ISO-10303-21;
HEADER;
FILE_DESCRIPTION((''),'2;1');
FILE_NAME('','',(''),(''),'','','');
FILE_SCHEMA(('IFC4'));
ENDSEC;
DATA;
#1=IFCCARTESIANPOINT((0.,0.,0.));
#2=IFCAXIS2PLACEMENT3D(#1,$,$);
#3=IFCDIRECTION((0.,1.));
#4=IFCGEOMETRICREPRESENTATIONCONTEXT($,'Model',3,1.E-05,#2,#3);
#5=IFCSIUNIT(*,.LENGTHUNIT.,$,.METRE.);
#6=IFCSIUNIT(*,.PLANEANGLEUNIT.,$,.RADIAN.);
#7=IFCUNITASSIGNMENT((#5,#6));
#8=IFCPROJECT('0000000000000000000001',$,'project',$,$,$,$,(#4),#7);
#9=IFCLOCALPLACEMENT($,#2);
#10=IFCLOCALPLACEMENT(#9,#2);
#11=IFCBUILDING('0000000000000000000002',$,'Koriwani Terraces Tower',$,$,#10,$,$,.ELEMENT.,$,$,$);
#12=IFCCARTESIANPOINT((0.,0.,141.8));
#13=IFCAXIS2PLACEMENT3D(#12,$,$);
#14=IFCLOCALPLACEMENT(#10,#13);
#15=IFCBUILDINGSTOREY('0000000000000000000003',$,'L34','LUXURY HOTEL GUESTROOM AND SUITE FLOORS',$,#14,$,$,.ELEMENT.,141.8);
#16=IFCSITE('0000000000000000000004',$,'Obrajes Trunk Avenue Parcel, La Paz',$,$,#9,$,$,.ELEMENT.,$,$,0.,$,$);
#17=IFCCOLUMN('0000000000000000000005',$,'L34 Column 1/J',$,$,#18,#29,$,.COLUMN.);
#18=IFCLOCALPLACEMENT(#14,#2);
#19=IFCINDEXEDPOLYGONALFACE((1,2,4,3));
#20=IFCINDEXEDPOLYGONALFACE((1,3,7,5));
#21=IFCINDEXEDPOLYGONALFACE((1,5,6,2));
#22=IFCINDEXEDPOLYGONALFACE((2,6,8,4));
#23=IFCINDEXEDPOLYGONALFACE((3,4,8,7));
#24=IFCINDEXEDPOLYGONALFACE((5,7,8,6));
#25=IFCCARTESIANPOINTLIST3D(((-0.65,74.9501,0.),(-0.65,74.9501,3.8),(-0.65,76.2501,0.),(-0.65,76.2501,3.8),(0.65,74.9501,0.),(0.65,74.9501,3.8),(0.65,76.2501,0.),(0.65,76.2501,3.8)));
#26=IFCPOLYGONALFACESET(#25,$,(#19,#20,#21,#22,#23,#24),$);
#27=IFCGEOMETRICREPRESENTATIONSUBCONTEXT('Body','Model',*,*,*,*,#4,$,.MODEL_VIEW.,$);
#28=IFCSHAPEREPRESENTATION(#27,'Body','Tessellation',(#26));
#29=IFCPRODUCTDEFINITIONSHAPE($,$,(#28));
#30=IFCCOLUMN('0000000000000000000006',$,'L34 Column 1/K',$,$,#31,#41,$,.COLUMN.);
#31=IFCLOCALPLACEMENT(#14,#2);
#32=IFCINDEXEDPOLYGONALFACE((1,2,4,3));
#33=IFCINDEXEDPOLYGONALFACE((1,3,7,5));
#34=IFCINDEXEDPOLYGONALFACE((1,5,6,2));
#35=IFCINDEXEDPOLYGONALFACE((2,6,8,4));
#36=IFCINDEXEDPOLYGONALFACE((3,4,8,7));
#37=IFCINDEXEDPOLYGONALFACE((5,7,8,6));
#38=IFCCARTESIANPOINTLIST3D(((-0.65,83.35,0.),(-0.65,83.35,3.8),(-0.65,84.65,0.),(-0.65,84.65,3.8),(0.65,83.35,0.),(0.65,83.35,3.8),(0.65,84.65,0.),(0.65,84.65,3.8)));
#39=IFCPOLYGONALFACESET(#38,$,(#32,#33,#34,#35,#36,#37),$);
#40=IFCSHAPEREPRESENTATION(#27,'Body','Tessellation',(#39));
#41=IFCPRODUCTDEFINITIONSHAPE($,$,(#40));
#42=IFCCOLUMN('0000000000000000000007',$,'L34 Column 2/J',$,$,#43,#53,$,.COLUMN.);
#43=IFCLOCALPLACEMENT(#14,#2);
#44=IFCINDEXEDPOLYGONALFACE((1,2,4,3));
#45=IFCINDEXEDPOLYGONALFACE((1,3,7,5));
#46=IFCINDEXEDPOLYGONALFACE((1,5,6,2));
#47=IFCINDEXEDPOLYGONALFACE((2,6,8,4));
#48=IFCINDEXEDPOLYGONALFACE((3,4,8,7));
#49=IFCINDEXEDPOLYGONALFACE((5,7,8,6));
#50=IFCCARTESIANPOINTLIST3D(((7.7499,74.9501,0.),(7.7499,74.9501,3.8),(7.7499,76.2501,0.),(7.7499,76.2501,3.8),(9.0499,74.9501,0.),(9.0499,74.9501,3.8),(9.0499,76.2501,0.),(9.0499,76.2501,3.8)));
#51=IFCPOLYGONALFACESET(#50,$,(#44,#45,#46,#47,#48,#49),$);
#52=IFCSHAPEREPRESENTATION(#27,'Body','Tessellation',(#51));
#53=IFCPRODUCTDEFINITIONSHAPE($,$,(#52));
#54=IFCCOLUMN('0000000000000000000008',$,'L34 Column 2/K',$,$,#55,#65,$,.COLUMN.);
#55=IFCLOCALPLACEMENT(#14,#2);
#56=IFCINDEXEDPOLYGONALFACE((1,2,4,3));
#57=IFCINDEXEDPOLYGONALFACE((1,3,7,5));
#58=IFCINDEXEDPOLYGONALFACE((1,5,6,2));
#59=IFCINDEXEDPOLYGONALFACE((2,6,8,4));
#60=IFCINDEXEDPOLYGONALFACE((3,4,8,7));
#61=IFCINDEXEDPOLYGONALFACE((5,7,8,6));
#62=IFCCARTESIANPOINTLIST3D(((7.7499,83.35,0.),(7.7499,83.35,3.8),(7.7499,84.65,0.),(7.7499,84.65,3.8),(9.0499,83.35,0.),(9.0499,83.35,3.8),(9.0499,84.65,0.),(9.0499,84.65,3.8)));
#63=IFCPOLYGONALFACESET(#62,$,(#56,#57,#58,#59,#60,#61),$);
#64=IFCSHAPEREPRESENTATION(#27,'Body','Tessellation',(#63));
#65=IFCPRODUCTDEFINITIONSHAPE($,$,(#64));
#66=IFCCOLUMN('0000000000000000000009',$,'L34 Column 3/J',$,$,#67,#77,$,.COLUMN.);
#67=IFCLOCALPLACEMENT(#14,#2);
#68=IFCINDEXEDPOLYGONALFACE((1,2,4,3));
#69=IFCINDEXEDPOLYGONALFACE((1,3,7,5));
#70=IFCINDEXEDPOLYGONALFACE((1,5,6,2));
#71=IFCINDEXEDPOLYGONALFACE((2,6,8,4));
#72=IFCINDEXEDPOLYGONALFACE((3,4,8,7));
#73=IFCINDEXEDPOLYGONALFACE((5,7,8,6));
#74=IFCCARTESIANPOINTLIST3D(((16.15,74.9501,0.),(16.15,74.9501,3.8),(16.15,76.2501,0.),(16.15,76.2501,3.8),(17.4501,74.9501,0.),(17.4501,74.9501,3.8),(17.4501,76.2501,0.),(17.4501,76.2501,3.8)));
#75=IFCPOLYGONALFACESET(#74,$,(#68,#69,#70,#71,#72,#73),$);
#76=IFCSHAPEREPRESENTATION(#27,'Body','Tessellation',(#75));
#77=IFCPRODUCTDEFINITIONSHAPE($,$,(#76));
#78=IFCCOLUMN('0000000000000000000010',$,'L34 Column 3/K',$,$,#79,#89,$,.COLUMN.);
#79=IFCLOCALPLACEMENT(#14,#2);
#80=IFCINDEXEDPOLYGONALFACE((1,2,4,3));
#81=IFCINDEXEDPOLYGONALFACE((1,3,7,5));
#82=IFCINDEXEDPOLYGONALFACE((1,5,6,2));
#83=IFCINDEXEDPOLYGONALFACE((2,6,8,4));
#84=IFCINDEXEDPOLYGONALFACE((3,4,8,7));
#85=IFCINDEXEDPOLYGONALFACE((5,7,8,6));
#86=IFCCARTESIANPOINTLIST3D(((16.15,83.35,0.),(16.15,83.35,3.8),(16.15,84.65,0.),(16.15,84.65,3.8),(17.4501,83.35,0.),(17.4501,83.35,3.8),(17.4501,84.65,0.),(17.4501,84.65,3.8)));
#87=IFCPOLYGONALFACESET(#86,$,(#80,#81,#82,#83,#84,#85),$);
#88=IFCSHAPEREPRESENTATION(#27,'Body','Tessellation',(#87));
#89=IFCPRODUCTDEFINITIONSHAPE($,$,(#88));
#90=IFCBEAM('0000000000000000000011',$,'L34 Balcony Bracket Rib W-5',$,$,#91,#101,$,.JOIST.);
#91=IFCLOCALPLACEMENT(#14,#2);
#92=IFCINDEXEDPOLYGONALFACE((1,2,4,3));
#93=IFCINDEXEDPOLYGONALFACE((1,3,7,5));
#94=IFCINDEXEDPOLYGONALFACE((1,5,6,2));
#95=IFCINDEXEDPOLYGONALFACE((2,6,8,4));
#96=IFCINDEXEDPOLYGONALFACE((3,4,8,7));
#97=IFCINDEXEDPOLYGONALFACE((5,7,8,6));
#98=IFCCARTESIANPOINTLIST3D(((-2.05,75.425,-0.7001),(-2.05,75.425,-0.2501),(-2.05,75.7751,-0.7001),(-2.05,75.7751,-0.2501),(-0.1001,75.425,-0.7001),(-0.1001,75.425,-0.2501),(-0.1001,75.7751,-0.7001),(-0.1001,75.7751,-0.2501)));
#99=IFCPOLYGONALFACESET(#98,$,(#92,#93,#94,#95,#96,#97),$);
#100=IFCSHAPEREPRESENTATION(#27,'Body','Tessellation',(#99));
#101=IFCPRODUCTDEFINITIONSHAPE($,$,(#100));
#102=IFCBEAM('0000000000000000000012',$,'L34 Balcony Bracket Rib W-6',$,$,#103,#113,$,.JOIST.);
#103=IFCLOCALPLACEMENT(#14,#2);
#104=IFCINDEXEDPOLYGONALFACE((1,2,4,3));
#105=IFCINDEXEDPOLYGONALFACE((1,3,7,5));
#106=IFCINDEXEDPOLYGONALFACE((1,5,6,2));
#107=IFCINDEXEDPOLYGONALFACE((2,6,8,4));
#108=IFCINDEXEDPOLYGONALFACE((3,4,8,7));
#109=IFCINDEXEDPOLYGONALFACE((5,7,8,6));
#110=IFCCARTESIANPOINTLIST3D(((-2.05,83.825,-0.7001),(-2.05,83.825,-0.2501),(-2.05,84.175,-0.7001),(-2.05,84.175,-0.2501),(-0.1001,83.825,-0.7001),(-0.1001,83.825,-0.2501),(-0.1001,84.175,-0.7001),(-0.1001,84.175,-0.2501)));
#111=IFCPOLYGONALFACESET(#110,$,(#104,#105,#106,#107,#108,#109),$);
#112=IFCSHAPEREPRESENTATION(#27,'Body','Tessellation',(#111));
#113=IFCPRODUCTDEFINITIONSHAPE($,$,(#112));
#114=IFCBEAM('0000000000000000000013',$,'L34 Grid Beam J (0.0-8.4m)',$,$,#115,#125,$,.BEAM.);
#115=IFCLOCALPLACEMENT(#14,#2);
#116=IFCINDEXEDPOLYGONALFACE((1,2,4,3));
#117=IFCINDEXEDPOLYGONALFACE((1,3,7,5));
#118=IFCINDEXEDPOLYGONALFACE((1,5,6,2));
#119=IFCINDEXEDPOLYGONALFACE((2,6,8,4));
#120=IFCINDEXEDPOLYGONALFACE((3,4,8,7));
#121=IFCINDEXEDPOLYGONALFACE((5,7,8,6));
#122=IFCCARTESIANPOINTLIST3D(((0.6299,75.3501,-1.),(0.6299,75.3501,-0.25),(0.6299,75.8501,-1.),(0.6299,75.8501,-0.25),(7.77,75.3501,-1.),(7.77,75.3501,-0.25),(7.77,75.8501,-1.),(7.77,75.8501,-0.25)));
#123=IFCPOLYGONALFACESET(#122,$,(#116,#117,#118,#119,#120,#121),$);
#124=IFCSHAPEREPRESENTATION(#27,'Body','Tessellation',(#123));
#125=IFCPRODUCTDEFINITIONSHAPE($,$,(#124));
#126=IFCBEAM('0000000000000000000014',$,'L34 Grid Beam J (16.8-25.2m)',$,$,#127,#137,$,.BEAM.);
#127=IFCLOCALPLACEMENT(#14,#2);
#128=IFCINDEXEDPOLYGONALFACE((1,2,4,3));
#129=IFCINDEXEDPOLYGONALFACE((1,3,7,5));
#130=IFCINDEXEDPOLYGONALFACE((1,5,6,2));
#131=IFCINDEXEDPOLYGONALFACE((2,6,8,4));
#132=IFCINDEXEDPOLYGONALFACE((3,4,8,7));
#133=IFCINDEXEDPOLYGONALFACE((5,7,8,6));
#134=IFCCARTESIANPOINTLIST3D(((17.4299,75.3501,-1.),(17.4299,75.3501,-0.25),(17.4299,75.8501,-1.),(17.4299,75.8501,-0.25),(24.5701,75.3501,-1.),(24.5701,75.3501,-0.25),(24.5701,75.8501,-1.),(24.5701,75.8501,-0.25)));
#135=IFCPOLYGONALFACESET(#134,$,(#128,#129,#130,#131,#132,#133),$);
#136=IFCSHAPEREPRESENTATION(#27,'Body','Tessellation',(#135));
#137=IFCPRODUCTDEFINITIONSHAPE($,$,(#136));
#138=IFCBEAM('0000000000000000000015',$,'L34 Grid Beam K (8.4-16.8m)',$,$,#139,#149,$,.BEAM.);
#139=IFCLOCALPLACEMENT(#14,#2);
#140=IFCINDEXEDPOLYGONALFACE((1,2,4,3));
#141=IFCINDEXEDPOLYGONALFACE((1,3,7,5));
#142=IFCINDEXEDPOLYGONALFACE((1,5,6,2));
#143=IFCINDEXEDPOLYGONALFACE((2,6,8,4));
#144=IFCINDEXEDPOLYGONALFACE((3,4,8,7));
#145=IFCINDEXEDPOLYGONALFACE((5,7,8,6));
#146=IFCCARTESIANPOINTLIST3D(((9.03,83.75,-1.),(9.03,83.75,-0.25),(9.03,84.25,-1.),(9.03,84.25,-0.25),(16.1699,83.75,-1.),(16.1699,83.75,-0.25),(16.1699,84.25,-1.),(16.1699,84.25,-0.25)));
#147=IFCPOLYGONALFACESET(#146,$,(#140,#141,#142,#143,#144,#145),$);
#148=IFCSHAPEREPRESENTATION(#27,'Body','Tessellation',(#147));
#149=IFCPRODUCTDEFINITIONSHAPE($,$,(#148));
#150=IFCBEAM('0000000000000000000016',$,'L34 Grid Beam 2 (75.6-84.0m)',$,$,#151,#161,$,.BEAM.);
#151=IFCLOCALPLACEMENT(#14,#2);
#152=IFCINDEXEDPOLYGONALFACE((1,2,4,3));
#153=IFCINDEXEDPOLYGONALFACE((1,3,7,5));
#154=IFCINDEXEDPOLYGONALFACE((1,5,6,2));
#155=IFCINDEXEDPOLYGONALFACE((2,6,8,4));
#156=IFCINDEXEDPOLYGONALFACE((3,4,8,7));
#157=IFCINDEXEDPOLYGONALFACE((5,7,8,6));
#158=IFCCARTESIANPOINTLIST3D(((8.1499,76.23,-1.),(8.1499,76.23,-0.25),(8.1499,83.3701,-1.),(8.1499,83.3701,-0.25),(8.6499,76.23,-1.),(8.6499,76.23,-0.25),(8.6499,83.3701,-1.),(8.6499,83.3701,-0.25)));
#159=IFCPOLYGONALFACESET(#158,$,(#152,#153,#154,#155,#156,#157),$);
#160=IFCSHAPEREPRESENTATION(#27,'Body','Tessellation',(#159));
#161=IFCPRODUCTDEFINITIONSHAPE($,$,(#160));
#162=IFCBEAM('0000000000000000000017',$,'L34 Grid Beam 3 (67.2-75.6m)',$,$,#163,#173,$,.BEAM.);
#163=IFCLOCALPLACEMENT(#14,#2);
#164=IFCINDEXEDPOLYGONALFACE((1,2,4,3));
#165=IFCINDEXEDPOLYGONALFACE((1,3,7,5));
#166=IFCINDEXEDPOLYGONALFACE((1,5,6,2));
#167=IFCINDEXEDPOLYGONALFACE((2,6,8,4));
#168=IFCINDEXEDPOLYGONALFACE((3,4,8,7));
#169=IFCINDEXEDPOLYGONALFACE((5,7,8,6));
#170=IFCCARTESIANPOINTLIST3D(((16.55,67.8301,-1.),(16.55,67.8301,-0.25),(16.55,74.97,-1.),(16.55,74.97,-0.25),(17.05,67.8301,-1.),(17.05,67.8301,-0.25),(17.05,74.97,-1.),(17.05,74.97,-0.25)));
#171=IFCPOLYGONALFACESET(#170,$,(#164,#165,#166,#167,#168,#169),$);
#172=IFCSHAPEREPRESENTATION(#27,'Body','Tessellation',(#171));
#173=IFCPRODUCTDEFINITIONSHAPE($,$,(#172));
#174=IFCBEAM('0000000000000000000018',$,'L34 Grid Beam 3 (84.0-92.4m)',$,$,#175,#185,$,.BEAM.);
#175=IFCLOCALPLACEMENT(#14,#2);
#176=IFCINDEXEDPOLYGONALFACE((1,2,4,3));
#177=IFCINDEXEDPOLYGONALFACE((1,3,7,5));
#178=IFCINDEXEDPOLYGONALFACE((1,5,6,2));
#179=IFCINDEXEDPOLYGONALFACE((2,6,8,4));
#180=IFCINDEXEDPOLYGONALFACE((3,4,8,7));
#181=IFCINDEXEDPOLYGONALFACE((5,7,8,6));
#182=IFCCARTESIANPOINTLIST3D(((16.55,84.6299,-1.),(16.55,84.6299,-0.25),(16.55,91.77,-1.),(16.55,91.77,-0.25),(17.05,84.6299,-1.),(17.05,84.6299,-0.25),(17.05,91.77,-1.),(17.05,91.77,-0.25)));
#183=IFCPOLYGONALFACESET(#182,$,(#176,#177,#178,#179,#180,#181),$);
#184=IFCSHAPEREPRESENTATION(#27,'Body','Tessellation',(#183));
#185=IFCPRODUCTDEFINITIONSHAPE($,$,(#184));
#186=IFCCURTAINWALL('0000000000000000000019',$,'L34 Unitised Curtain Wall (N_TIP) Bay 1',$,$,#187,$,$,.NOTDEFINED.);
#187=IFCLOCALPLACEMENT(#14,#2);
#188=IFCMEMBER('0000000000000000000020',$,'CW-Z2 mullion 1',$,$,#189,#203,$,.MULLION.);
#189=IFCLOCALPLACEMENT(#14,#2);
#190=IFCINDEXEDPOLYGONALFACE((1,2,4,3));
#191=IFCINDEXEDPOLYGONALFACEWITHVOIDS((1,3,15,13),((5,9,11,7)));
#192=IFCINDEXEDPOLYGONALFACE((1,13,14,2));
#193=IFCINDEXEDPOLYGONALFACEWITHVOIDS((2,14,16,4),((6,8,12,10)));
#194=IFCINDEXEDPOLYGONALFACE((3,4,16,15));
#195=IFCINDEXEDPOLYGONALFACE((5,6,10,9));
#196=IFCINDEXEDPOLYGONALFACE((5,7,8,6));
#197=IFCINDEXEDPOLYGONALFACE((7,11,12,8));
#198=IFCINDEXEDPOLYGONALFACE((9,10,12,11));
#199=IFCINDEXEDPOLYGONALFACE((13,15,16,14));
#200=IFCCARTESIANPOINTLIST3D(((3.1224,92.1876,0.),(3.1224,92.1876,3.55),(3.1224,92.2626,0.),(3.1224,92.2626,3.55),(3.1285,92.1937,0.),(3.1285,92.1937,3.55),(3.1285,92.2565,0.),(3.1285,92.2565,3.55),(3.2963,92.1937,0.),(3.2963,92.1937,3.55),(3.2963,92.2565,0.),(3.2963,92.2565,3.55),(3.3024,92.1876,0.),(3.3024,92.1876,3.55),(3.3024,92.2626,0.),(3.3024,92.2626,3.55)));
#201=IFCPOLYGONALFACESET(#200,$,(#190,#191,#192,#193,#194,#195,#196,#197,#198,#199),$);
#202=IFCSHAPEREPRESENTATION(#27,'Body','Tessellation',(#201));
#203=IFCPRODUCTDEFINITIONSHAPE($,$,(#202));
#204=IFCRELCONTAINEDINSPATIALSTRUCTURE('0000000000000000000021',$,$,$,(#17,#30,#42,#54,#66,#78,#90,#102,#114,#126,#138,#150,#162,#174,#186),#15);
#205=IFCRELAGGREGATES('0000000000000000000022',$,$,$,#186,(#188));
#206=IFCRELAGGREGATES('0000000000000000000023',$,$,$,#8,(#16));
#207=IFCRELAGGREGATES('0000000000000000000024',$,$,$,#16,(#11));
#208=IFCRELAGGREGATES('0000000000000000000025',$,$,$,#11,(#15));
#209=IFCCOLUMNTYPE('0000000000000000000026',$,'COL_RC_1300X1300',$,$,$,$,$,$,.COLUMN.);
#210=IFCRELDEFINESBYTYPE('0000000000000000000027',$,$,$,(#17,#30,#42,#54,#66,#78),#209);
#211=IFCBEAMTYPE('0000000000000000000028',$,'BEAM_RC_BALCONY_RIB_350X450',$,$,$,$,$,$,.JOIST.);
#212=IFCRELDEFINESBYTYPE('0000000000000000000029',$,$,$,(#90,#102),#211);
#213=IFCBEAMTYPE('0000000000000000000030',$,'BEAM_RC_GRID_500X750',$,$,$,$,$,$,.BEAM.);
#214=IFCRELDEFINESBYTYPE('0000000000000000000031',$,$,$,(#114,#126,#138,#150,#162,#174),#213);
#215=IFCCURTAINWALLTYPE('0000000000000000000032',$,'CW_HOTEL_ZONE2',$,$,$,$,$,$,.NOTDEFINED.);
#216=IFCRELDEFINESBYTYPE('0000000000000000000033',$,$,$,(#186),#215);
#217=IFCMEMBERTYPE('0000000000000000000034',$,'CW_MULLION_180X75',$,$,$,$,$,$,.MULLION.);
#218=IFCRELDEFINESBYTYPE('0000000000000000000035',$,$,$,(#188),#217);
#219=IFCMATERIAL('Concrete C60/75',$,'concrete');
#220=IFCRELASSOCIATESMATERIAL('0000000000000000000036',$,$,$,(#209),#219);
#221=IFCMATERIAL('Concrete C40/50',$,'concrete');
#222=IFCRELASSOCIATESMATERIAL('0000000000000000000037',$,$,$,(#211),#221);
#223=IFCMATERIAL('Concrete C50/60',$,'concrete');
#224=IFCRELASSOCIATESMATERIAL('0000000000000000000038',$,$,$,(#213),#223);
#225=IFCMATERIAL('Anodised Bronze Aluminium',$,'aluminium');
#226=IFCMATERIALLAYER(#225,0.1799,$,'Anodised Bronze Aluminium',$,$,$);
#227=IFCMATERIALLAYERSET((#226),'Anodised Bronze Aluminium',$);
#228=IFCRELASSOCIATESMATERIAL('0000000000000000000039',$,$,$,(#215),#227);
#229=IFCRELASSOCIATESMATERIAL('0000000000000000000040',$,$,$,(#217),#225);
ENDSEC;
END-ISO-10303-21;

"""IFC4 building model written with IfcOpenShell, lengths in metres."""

from ifc_helpers import new_model, si_unit, direction, frame, origin, origin_2d, place, context, subcontext, project, spatial, rectangle, hollow_rectangle, extrude, material, layer, layer_set, material_profile, profile_set, type_object, element, aggregate, save


model = new_model("IFC4")

# Units and contexts
model_context = context("Model", 3, precision=1e-05, world=origin(), true_north=direction((0.0, 1.0)))
body_context = subcontext(model_context, "Body", "Model", "MODEL_VIEW")
ifc_project = project(units=[si_unit("LENGTHUNIT", "METRE"), si_unit("PLANEANGLEUNIT", "RADIAN")], contexts=[model_context])

# Site, building, storey
site_placement = place(None, origin())
site = spatial("IfcSite", under=ifc_project, at=site_placement, Name="Obrajes Trunk Avenue Parcel, La Paz", CompositionType="ELEMENT", RefElevation=0.0)
building_placement = place(site_placement, origin())
building = spatial("IfcBuilding", under=site, at=building_placement, Name="Koriwani Terraces Tower", CompositionType="ELEMENT")
storey_placement = place(building_placement, frame((0.0, 0.0, 141.8)))
storey = spatial("IfcBuildingStorey", under=building, at=storey_placement, Name="L34", Description="LUXURY HOTEL GUESTROOM AND SUITE FLOORS", CompositionType="ELEMENT", Elevation=141.8)

# Columns
ifc_material_1 = material(Name="Concrete C60/75", Category="concrete")
ifc_material_profile_1 = material_profile(ifc_material_1, rectangle(XDim=1.3, YDim=1.3, at=origin_2d()), Name="Concrete C60/75", Category="LoadBearing")
ifc_profile_set_1 = profile_set([ifc_material_profile_1], Name="Concrete C60/75")
column_type = type_object("IfcColumnType", Name="COL_RC_1300X1300", PredefinedType="COLUMN", material=ifc_profile_set_1)
for number, where, z_axis, x_axis, name in (
    (1, (0.0, 75.6001, 0.0), (0.0, 0.0, 1.0), (1.0, 0.0, 0.0), "L34 Column 1/J"),
    (2, (0.0, 84.0, 0.0), (0.0, 0.0, 1.0), (1.0, 0.0, 0.0), "L34 Column 1/K"),
    (3, (8.3999, 75.6001, 0.0), (0.0, 0.0, 1.0), (1.0, 0.0, 0.0), "L34 Column 2/J"),
    (4, (8.3999, 84.0, 0.0), (0.0, 0.0, 1.0), (1.0, 0.0, 0.0), "L34 Column 2/K"),
    (5, (16.8, 75.6001, 0.0), (0.0, 0.0, 1.0), (1.0, 0.0, 0.0), "L34 Column 3/J"),
    (6, (16.8, 84.0, 0.0), (0.0, 0.0, 1.0), (1.0, 0.0, 0.0), "L34 Column 3/K"),
):
    element("IfcColumn", number, at=place(storey_placement, frame(where, z_axis=z_axis, x_axis=x_axis)), inside=storey, type_object=column_type, Name=name, PredefinedType="COLUMN", context=body_context, shape_type="SweptSolid", body=[
        extrude(rectangle(XDim=1.3, YDim=1.3, at=origin_2d()), origin(), (0.0, 0.0, 1.0), 3.8),
    ])

# Beams
ifc_material_2 = material(Name="Concrete C40/50", Category="concrete")
ifc_material_profile_2 = material_profile(ifc_material_2, rectangle(XDim=0.3501, YDim=0.45, at=origin_2d()), Name="Concrete C40/50", Category="LoadBearing")
ifc_profile_set_2 = profile_set([ifc_material_profile_2], Name="Concrete C40/50")
beam_type_1 = type_object("IfcBeamType", Name="BEAM_RC_BALCONY_RIB_350X450", PredefinedType="JOIST", material=ifc_profile_set_2)
for number, where, z_axis, x_axis, name in (
    (7, (-2.05, 75.6001, -0.4751), (1.0, 0.0, 0.0), (0.0, 1.0, 0.0), "L34 Balcony Bracket Rib W-5"),
    (8, (-2.05, 84.0, -0.4751), (1.0, 0.0, 0.0), (0.0, 1.0, 0.0), "L34 Balcony Bracket Rib W-6"),
):
    element("IfcBeam", number, at=place(storey_placement, frame(where, z_axis=z_axis, x_axis=x_axis)), inside=storey, type_object=beam_type_1, Name=name, PredefinedType="JOIST", context=body_context, shape_type="SweptSolid", body=[
        extrude(rectangle(XDim=0.3501, YDim=0.45, at=origin_2d()), origin(), (0.0, 0.0, 1.0), 1.95),
    ])
ifc_material_3 = material(Name="Concrete C50/60", Category="concrete")
ifc_material_profile_3 = material_profile(ifc_material_3, rectangle(XDim=0.5, YDim=0.75, at=origin_2d()), Name="Concrete C50/60", Category="LoadBearing")
ifc_profile_set_3 = profile_set([ifc_material_profile_3], Name="Concrete C50/60")
beam_type_2 = type_object("IfcBeamType", Name="BEAM_RC_GRID_500X750", PredefinedType="BEAM", material=ifc_profile_set_3)
for number, where, z_axis, x_axis, name in (
    (9, (0.6299, 75.6001, -0.625), (1.0, 0.0, 0.0), (0.0, 1.0, 0.0), "L34 Grid Beam J (0.0-8.4m)"),
    (10, (17.4299, 75.6001, -0.625), (1.0, 0.0, 0.0), (0.0, 1.0, 0.0), "L34 Grid Beam J (16.8-25.2m)"),
):
    element("IfcBeam", number, at=place(storey_placement, frame(where, z_axis=z_axis, x_axis=x_axis)), inside=storey, type_object=beam_type_2, Name=name, PredefinedType="BEAM", context=body_context, shape_type="SweptSolid", body=[
        extrude(rectangle(XDim=0.5, YDim=0.75, at=origin_2d()), origin(), (0.0, 0.0, 1.0), 7.1401),
    ])
beam_1_placement = place(storey_placement, frame((9.03, 84.0, -0.625), z_axis=(1.0, 0.0, 0.0), x_axis=(0.0, 1.0, 0.0)))
element("IfcBeam", 11, at=beam_1_placement, inside=storey, type_object=beam_type_2, Name="L34 Grid Beam K (8.4-16.8m)", PredefinedType="BEAM", context=body_context, shape_type="SweptSolid", body=[
    extrude(rectangle(XDim=0.5, YDim=0.75, at=origin_2d()), origin(), (0.0, 0.0, 1.0), 7.1399),
])
beam_2_placement = place(storey_placement, frame((8.3999, 76.23, -0.625), z_axis=(0.0, 1.0, 0.0), x_axis=(-1.0, 0.0, 0.0)))
element("IfcBeam", 12, at=beam_2_placement, inside=storey, type_object=beam_type_2, Name="L34 Grid Beam 2 (75.6-84.0m)", PredefinedType="BEAM", context=body_context, shape_type="SweptSolid", body=[
    extrude(rectangle(XDim=0.5, YDim=0.75, at=origin_2d()), origin(), (0.0, 0.0, 1.0), 7.1401),
])
beam_3_placement = place(storey_placement, frame((16.8, 67.8301, -0.625), z_axis=(0.0, 1.0, 0.0), x_axis=(-1.0, 0.0, 0.0)))
element("IfcBeam", 13, at=beam_3_placement, inside=storey, type_object=beam_type_2, Name="L34 Grid Beam 3 (67.2-75.6m)", PredefinedType="BEAM", context=body_context, shape_type="SweptSolid", body=[
    extrude(rectangle(XDim=0.5, YDim=0.75, at=origin_2d()), origin(), (0.0, 0.0, 1.0), 7.1399),
])
beam_4_placement = place(storey_placement, frame((16.8, 84.6299, -0.625), z_axis=(0.0, 1.0, 0.0), x_axis=(-1.0, 0.0, 0.0)))
element("IfcBeam", 14, at=beam_4_placement, inside=storey, type_object=beam_type_2, Name="L34 Grid Beam 3 (84.0-92.4m)", PredefinedType="BEAM", context=body_context, shape_type="SweptSolid", body=[
    extrude(rectangle(XDim=0.5, YDim=0.75, at=origin_2d()), origin(), (0.0, 0.0, 1.0), 7.1401),
])

# Curtain wall, member
ifc_material_4 = material(Name="Anodised Bronze Aluminium", Category="aluminium")
ifc_layer_1 = layer(ifc_material_4, 0.1799, Name="Anodised Bronze Aluminium")
ifc_layer_set_1 = layer_set([ifc_layer_1], Name="Anodised Bronze Aluminium")
curtain_wall_type = type_object("IfcCurtainWallType", Name="CW_HOTEL_ZONE2", PredefinedType="NOTDEFINED", material=ifc_layer_set_1)
curtain_wall_placement = place(storey_placement, origin())
curtain_wall = element("IfcCurtainWall", 15, at=curtain_wall_placement, inside=storey, type_object=curtain_wall_type, Name="L34 Unitised Curtain Wall (N_TIP) Bay 1", PredefinedType="NOTDEFINED")
ifc_material_profile_4 = material_profile(ifc_material_4, hollow_rectangle(XDim=0.075, YDim=0.1799, WallThickness=0.0061, at=origin_2d()), Name="Anodised Bronze Aluminium", Category="LoadBearing")
ifc_profile_set_4 = profile_set([ifc_material_profile_4], Name="Anodised Bronze Aluminium")
member_type_1 = type_object("IfcMemberType", Name="CW_MULLION_180X75", PredefinedType="MULLION", material=ifc_profile_set_4)
member_1_placement = place(storey_placement, frame((3.2124, 92.2251, 0.0), z_axis=(0.0, 0.0, 1.0), x_axis=(0.0, 1.0, 0.0)))
member_1 = element("IfcMember", 16, at=member_1_placement, type_object=member_type_1, Name="CW-Z2 mullion 1", PredefinedType="MULLION", context=body_context, shape_type="SweptSolid", body=[
    extrude(hollow_rectangle(XDim=0.075, YDim=0.1799, WallThickness=0.0061, at=origin_2d()), origin(), (0.0, 0.0, 1.0), 3.55),
])

aggregate(curtain_wall, [member_1])

save(model, "model.ifc")
